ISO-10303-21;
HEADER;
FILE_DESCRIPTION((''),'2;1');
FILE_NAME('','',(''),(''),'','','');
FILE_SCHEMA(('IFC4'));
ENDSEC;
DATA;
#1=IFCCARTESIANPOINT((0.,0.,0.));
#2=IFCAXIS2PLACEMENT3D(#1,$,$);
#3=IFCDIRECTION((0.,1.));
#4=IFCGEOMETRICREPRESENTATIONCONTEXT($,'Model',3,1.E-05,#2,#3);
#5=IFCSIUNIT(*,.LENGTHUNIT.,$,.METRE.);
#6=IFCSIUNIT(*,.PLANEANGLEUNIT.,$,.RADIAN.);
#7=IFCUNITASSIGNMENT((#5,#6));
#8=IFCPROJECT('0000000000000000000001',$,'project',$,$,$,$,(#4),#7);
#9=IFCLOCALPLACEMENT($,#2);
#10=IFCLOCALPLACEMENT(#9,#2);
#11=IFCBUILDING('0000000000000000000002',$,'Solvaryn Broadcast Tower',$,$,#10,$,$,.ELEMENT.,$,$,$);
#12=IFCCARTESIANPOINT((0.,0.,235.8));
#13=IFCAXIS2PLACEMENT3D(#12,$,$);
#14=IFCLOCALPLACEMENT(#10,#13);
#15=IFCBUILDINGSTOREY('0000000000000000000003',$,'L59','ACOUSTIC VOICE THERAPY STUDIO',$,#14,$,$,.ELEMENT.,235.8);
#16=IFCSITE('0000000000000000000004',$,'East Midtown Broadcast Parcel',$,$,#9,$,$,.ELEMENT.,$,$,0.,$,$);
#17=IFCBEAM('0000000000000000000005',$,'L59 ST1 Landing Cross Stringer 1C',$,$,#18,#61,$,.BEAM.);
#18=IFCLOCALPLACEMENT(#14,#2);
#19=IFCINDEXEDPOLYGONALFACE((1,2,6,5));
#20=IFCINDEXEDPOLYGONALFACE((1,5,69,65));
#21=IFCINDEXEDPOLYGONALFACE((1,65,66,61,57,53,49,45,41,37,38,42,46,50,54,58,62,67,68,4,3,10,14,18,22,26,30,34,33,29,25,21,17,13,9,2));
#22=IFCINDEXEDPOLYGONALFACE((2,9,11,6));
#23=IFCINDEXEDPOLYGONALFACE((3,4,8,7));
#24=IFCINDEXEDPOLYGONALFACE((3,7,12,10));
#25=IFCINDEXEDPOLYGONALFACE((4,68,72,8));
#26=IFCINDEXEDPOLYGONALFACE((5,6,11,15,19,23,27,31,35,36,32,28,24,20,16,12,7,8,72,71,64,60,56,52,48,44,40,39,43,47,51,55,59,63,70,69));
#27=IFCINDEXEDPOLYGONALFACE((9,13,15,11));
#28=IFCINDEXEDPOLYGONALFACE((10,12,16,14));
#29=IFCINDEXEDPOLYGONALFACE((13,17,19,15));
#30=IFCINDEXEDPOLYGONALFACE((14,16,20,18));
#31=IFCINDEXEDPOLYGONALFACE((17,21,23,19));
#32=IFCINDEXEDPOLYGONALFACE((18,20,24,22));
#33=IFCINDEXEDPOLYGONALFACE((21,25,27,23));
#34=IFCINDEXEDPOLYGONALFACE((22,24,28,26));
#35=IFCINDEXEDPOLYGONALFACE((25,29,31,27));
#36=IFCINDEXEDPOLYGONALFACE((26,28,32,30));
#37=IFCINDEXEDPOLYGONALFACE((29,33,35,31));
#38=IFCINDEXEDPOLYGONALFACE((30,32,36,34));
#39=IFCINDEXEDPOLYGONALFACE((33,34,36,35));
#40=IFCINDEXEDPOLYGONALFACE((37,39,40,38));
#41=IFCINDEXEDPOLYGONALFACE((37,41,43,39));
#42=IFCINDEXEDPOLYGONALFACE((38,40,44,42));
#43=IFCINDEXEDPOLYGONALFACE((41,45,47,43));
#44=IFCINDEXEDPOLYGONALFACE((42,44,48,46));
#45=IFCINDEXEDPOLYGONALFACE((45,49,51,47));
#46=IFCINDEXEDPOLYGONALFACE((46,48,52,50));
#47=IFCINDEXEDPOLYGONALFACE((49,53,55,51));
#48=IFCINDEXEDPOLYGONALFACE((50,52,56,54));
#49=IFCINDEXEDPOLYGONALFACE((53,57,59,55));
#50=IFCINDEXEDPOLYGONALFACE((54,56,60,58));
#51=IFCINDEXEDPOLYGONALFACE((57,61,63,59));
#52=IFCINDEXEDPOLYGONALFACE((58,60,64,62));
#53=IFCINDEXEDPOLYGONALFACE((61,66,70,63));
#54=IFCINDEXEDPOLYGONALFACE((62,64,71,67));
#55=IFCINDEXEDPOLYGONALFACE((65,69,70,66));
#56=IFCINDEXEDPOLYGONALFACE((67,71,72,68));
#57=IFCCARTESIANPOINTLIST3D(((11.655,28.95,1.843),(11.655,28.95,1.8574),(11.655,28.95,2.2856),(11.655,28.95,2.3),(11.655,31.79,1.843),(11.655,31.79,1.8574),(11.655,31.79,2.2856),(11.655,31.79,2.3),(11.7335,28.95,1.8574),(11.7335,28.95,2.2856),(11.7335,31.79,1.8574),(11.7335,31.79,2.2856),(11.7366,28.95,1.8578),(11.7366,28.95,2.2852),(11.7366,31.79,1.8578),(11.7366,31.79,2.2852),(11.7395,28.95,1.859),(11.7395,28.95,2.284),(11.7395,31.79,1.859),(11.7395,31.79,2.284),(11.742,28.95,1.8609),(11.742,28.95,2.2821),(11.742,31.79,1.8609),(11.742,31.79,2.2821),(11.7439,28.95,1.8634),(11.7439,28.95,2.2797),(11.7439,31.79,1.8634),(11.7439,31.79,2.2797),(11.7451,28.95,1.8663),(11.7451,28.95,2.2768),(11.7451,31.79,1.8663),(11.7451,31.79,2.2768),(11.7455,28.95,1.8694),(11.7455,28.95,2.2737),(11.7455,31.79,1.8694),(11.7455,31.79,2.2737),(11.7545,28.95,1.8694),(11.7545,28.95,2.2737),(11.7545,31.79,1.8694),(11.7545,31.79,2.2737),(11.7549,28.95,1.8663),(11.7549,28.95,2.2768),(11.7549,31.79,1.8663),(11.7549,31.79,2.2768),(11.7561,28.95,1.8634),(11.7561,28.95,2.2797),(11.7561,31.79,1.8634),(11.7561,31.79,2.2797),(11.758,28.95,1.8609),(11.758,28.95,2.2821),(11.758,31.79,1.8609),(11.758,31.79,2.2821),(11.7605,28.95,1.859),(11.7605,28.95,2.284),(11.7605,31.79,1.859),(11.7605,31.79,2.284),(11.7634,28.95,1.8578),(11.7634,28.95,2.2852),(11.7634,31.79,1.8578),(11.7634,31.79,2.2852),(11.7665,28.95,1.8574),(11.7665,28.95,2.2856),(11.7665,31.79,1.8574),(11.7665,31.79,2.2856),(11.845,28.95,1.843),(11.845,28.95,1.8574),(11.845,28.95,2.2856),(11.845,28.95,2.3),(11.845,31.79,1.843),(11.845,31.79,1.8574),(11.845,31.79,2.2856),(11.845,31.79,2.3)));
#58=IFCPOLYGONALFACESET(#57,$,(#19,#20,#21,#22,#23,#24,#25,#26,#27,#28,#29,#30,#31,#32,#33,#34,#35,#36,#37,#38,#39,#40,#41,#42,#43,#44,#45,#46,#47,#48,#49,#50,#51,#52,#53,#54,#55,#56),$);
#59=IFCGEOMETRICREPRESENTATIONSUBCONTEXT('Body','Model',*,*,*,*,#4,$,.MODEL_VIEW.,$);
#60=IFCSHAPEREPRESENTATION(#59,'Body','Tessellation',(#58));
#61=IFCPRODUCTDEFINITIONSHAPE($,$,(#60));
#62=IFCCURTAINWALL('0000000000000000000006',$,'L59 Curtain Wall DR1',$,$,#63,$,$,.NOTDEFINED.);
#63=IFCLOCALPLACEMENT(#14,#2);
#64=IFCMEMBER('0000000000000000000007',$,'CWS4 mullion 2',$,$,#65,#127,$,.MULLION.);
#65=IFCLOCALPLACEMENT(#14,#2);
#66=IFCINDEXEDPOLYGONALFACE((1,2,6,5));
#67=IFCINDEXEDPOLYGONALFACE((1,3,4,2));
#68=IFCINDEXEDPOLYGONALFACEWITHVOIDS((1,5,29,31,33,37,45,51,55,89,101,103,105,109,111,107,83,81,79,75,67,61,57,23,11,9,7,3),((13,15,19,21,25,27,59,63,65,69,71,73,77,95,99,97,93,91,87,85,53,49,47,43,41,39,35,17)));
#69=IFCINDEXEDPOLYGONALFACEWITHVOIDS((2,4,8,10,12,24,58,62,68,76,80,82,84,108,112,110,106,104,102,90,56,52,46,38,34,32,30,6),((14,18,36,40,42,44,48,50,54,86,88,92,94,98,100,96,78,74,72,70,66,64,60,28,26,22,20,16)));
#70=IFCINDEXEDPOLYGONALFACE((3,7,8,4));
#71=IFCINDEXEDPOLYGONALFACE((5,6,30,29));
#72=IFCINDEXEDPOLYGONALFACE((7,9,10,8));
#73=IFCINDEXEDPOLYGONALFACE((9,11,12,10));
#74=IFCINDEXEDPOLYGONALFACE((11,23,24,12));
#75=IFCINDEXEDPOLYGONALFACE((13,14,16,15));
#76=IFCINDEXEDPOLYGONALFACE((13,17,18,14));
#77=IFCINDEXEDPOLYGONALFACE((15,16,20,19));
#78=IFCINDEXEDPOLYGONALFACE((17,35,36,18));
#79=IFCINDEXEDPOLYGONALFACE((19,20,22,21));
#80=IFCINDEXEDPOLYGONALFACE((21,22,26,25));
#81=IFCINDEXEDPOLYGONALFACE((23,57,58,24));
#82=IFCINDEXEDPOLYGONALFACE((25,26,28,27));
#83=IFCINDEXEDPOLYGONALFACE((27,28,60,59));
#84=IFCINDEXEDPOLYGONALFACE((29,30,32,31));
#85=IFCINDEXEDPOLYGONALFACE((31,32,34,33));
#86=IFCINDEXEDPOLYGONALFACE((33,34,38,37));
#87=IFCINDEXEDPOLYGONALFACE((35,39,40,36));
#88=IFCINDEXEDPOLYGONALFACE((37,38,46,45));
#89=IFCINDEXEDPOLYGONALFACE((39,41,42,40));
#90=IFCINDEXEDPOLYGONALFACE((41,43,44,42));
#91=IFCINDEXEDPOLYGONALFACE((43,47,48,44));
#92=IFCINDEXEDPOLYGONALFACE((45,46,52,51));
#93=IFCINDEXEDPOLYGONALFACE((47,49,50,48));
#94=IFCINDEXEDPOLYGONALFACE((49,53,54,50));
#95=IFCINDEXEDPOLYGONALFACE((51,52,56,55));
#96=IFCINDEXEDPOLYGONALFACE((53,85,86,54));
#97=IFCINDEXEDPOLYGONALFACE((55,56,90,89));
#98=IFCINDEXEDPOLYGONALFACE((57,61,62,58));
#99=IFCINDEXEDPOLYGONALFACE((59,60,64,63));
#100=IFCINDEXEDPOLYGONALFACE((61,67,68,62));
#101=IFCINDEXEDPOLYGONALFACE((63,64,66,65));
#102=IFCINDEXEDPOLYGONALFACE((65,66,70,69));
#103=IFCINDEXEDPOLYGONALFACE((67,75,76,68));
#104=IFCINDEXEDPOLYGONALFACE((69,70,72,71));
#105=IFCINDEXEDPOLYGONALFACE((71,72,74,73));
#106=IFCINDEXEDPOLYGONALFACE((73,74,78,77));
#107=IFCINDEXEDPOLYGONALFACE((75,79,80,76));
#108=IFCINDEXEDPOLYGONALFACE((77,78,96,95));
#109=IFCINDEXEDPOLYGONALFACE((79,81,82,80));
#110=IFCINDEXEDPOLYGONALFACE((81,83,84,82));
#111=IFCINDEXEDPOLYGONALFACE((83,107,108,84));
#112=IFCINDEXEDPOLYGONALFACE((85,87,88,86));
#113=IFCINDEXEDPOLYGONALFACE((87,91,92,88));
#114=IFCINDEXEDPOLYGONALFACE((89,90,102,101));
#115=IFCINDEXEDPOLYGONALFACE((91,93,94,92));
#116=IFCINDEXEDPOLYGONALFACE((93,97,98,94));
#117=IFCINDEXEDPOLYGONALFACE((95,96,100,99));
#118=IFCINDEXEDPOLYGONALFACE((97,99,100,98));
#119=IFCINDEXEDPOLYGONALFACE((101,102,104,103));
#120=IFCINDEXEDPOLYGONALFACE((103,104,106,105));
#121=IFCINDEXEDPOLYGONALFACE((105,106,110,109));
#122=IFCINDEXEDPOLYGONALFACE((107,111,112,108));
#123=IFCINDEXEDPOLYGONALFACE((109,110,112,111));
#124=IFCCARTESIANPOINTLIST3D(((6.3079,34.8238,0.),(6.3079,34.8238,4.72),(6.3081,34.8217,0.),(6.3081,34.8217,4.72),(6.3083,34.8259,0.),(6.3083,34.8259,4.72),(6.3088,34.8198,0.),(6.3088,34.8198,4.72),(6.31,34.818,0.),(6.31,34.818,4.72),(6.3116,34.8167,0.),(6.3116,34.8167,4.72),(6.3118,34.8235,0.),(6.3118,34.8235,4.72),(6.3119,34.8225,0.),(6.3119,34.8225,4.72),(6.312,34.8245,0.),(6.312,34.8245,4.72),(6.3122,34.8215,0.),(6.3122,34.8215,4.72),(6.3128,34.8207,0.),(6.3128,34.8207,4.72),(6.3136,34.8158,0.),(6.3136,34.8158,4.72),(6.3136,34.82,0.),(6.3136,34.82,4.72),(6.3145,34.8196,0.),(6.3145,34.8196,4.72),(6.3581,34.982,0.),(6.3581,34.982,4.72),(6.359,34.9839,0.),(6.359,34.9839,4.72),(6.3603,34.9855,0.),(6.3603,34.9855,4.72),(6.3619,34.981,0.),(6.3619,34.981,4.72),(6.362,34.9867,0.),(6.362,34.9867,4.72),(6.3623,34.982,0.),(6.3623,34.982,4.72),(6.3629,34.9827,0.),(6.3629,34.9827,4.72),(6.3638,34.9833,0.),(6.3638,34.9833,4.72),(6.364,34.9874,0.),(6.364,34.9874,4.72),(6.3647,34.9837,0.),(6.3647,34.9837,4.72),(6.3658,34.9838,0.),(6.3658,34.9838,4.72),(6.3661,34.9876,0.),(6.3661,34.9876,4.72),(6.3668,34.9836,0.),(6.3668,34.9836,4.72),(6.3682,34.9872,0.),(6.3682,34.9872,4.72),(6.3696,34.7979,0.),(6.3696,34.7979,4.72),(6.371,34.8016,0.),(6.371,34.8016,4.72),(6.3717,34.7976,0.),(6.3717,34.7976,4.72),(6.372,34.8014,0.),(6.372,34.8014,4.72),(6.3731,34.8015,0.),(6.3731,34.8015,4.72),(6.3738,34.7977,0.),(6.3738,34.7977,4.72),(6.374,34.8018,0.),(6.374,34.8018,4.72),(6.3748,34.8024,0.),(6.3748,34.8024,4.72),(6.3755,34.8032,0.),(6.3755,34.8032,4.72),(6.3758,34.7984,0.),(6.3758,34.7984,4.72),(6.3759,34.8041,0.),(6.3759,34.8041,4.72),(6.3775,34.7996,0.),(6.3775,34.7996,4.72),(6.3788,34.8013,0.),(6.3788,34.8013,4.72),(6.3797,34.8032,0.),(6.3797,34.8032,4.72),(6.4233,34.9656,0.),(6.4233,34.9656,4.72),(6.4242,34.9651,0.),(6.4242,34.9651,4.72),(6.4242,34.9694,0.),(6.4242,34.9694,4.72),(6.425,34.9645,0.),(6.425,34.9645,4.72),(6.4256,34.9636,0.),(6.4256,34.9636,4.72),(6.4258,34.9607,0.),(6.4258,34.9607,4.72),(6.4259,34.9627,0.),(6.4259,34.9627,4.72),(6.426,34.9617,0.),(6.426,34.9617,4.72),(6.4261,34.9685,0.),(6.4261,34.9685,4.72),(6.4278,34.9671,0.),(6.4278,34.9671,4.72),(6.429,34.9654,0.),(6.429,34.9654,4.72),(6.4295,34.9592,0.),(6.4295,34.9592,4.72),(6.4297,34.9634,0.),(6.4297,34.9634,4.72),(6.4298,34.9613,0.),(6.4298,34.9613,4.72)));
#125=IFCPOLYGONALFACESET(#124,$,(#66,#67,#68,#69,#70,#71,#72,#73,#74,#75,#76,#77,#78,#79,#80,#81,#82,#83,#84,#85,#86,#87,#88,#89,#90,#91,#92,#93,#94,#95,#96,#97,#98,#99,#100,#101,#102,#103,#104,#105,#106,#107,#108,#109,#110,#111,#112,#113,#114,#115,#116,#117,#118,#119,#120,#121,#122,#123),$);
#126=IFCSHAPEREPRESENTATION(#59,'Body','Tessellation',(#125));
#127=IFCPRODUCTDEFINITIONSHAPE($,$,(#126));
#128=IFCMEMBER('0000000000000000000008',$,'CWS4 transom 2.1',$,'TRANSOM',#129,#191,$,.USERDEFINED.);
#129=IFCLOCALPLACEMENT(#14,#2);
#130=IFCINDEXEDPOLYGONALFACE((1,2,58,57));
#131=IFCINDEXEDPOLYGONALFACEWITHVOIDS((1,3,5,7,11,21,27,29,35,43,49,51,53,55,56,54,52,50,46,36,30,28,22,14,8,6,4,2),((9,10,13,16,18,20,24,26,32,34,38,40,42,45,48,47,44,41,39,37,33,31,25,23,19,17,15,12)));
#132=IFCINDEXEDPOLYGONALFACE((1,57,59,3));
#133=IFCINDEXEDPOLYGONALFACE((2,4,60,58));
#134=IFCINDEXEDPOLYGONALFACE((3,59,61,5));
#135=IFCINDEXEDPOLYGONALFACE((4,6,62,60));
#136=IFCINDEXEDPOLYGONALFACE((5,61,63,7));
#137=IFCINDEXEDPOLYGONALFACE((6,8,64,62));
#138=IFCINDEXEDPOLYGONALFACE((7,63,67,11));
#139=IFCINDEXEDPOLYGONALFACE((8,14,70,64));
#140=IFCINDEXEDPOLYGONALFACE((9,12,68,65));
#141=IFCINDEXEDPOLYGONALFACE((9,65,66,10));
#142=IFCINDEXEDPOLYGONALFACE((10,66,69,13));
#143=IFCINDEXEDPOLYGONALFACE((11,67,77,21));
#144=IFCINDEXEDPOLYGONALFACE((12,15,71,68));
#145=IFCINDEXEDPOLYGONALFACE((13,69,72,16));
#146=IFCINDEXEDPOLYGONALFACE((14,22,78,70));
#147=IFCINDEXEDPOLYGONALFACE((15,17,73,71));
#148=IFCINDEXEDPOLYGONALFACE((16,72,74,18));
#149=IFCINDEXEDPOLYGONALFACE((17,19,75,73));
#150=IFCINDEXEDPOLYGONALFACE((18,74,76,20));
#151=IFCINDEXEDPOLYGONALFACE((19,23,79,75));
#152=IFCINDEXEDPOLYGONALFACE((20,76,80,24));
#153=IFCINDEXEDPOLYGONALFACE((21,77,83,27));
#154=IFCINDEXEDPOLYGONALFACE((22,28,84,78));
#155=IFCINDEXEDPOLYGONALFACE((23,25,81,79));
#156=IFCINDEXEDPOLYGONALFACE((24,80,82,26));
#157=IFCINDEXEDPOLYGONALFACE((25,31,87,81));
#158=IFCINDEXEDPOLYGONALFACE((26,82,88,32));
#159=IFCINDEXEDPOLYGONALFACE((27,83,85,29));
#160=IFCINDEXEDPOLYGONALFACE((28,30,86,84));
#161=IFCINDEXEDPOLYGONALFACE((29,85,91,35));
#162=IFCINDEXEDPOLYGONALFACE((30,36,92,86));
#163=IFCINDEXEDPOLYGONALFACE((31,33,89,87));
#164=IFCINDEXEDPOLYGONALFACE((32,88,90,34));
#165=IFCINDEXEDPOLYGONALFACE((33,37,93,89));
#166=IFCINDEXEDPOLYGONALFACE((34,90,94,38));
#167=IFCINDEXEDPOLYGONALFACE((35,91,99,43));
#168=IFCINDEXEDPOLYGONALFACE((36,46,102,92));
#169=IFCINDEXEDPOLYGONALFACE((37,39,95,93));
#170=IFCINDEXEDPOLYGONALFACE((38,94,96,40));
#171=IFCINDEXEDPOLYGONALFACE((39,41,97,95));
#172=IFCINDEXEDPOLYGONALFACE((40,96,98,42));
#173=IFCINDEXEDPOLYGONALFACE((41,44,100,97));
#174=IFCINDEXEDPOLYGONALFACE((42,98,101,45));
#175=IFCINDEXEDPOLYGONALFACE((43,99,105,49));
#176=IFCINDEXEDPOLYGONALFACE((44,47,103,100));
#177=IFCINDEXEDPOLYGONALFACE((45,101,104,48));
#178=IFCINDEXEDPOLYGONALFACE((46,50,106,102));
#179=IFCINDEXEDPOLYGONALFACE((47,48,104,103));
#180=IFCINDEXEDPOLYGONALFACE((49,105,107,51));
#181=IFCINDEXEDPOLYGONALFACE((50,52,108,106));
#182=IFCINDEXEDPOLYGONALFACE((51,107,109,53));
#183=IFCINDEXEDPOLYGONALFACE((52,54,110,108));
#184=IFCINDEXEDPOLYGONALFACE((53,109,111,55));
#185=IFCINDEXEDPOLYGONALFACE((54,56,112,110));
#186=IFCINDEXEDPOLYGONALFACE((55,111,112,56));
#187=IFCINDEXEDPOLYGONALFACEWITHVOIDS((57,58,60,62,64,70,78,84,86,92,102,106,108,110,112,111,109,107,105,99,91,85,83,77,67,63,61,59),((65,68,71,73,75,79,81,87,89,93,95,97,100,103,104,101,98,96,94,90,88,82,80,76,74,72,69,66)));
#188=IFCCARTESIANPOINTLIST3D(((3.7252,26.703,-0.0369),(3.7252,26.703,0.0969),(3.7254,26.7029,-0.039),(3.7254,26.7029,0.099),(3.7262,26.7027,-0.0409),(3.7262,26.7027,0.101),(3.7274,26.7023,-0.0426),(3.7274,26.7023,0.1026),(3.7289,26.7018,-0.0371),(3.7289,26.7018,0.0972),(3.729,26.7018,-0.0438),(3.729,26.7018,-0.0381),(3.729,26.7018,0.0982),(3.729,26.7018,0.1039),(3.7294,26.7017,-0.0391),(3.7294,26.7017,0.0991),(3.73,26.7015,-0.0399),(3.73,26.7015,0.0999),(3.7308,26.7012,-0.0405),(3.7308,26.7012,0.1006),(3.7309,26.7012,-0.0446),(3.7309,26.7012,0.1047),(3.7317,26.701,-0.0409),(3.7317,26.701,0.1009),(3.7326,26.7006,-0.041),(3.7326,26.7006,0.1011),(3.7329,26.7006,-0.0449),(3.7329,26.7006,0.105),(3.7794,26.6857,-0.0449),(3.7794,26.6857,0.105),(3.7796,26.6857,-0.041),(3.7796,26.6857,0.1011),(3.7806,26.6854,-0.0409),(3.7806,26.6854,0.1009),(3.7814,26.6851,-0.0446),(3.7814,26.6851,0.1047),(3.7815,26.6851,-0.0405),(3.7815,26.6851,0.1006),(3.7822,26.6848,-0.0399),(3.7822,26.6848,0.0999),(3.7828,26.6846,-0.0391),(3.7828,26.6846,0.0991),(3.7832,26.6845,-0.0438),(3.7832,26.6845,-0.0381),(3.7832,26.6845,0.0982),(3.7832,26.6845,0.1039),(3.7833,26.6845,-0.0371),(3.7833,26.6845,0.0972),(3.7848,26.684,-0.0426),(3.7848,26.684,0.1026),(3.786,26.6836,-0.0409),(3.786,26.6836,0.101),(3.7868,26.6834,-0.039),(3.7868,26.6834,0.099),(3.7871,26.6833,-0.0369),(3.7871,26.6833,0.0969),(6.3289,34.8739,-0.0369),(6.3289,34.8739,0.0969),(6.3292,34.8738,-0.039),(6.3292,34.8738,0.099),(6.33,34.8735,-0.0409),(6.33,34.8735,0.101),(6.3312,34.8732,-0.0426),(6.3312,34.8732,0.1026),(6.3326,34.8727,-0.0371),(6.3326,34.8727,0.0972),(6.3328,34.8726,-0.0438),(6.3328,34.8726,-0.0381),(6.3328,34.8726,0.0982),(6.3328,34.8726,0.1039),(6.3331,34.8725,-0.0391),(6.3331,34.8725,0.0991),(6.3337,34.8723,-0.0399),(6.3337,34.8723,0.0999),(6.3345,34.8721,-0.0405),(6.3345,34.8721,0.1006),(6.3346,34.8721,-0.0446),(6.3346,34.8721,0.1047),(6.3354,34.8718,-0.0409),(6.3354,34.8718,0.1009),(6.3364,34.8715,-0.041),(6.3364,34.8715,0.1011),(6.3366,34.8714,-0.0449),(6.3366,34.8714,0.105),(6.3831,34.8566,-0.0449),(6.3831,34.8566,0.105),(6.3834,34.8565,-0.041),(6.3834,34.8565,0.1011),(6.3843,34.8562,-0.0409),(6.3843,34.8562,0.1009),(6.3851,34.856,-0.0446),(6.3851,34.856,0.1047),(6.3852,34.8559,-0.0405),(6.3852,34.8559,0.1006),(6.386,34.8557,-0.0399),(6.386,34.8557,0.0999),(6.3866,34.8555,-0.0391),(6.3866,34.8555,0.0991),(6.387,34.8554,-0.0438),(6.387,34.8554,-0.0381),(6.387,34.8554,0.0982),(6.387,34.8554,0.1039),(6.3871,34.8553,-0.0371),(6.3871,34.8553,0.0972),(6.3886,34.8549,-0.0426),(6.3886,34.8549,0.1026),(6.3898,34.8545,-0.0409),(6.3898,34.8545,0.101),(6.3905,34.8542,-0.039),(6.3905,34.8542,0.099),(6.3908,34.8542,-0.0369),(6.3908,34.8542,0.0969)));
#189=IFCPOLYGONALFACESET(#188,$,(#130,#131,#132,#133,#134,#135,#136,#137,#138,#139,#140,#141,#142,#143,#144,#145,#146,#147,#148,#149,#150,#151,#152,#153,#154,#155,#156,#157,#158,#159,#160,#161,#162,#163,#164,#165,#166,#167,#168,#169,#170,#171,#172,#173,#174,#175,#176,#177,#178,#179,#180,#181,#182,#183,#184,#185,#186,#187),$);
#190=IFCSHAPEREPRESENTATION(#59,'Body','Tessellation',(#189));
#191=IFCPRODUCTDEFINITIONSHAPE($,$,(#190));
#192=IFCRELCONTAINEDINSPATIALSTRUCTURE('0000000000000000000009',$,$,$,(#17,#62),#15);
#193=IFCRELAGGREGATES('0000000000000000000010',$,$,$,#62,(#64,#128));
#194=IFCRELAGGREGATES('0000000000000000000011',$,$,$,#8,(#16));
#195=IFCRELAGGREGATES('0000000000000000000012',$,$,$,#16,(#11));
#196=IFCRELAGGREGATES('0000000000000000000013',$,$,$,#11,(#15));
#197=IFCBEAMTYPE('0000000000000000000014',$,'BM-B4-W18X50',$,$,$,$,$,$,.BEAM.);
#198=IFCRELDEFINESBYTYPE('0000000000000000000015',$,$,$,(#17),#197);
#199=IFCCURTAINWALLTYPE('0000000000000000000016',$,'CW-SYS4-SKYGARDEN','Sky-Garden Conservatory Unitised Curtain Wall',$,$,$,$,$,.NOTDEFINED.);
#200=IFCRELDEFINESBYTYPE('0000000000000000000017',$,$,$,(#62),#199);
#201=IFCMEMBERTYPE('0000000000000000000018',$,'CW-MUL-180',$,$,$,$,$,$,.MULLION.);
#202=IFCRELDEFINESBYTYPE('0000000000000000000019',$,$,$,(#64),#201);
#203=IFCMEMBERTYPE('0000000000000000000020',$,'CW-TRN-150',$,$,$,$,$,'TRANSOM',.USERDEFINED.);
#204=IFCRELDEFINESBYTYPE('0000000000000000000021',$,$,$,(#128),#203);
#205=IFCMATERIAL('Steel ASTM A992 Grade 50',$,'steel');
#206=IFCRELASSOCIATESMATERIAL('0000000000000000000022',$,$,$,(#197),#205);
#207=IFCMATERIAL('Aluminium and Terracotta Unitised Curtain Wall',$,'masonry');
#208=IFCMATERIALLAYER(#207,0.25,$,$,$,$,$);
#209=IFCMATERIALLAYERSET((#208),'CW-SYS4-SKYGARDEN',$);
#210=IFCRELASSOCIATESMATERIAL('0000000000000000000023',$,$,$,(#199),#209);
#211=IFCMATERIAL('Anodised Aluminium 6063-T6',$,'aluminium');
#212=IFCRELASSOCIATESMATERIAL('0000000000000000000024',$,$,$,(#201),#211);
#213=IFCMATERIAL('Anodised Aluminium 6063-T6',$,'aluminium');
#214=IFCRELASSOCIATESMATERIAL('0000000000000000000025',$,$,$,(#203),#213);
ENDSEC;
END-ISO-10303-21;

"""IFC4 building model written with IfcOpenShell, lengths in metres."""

from ifc_helpers import new_model, si_unit, direction, frame, origin, origin_2d, place, context, subcontext, project, spatial, hollow_rectangle, i_section, extrude, material, layer, layer_set, material_profile, profile_set, type_object, element, aggregate, save


model = new_model("IFC4")

# Units and contexts
model_context = context("Model", 3, precision=1e-05, world=origin(), true_north=direction((0.0, 1.0)))
body_context = subcontext(model_context, "Body", "Model", "MODEL_VIEW")
ifc_project = project(units=[si_unit("LENGTHUNIT", "METRE"), si_unit("PLANEANGLEUNIT", "RADIAN")], contexts=[model_context])

# Site, building, storey
site_placement = place(None, origin())
site = spatial("IfcSite", under=ifc_project, at=site_placement, Name="East Midtown Broadcast Parcel", CompositionType="ELEMENT", RefElevation=0.0)
building_placement = place(site_placement, origin())
building = spatial("IfcBuilding", under=site, at=building_placement, Name="Solvaryn Broadcast Tower", CompositionType="ELEMENT")
storey_placement = place(building_placement, frame((0.0, 0.0, 235.8)))
storey = spatial("IfcBuildingStorey", under=building, at=storey_placement, Name="L59", Description="ACOUSTIC VOICE THERAPY STUDIO", CompositionType="ELEMENT", Elevation=235.8)

# Beam
ifc_material_1 = material(Name="Steel ASTM A992 Grade 50", Category="steel")
ifc_material_profile_1 = material_profile(ifc_material_1, i_section(OverallWidth=0.1899, OverallDepth=0.457, WebThickness=0.009, FlangeThickness=0.0144, FilletRadius=0.012, at=origin_2d()))
ifc_profile_set_1 = profile_set([ifc_material_profile_1], Name="Steel ASTM A992 Grade 50")
beam_type_1 = type_object("IfcBeamType", Name="BM-B4-W18X50", PredefinedType="BEAM", material=ifc_profile_set_1)
beam_1_placement = place(storey_placement, frame((11.75, 28.95, 2.0715), z_axis=(0.0, 1.0, 0.0), x_axis=(-1.0, 0.0, 0.0)))
element("IfcBeam", 1, at=beam_1_placement, inside=storey, type_object=beam_type_1, Name="L59 ST1 Landing Cross Stringer 1C", PredefinedType="BEAM", context=body_context, shape_type="SweptSolid", body=[
    extrude(i_section(OverallWidth=0.1899, OverallDepth=0.457, WebThickness=0.009, FlangeThickness=0.0144, FilletRadius=0.012, at=origin_2d()), origin(), (0.0, 0.0, 1.0), 2.8401),
])

# Curtain wall, members
ifc_material_2 = material(Name="Aluminium and Terracotta Unitised Curtain Wall", Category="masonry")
ifc_layer_1 = layer(ifc_material_2, 0.25)
ifc_layer_set_1 = layer_set([ifc_layer_1], Name="CW-SYS4-SKYGARDEN")
curtain_wall_type = type_object("IfcCurtainWallType", Name="CW-SYS4-SKYGARDEN", Description="Sky-Garden Conservatory Unitised Curtain Wall", PredefinedType="NOTDEFINED", material=ifc_layer_set_1)
curtain_wall_placement = place(storey_placement, origin())
curtain_wall = element("IfcCurtainWall", 2, at=curtain_wall_placement, inside=storey, type_object=curtain_wall_type, Name="L59 Curtain Wall DR1", PredefinedType="NOTDEFINED")
ifc_material_3 = material(Name="Anodised Aluminium 6063-T6", Category="aluminium")
ifc_material_profile_2 = material_profile(ifc_material_3, hollow_rectangle(XDim=0.075, YDim=0.1799, WallThickness=0.0039, InnerFilletRadius=0.0039, OuterFilletRadius=0.0081, at=origin_2d()))
ifc_profile_set_2 = profile_set([ifc_material_profile_2], Name="Anodised Aluminium 6063-T6")
member_type_1 = type_object("IfcMemberType", Name="CW-MUL-180", PredefinedType="MULLION", material=ifc_profile_set_2)
member_1_placement = place(storey_placement, frame((6.3689, 34.8926, 0.0), z_axis=(0.0, 0.0, 1.0), x_axis=(0.952795, -0.303616, 0.0)))
member_1 = element("IfcMember", 3, at=member_1_placement, type_object=member_type_1, Name="CWS4 mullion 2", PredefinedType="MULLION", context=body_context, shape_type="SweptSolid", body=[
    extrude(hollow_rectangle(XDim=0.075, YDim=0.1799, WallThickness=0.0039, InnerFilletRadius=0.0039, OuterFilletRadius=0.0081, at=origin_2d()), origin(), (0.0, 0.0, 1.0), 4.72),
])
ifc_material_4 = material(Name="Anodised Aluminium 6063-T6", Category="aluminium")
ifc_material_profile_3 = material_profile(ifc_material_4, hollow_rectangle(XDim=0.0649, YDim=0.1499, WallThickness=0.0039, InnerFilletRadius=0.0039, OuterFilletRadius=0.0081, at=origin_2d()))
ifc_profile_set_3 = profile_set([ifc_material_profile_3], Name="Anodised Aluminium 6063-T6")
member_type_2 = type_object("IfcMemberType", Name="CW-TRN-150", ElementType="TRANSOM", PredefinedType="USERDEFINED", material=ifc_profile_set_3)
member_2_placement = place(storey_placement, frame((6.3599, 34.864, 0.03), z_axis=(-0.30362, -0.952793, 0.0), x_axis=(0.952793, -0.30362, 0.0)))
member_2 = element("IfcMember", 4, at=member_2_placement, type_object=member_type_2, Name="CWS4 transom 2.1", ObjectType="TRANSOM", PredefinedType="USERDEFINED", context=body_context, shape_type="SweptSolid", body=[
    extrude(hollow_rectangle(XDim=0.0649, YDim=0.1499, WallThickness=0.0039, InnerFilletRadius=0.0039, OuterFilletRadius=0.0081, at=origin_2d()), origin(), (0.0, 0.0, 1.0), 8.5757),
])
aggregate(curtain_wall, [member_1, member_2])

save(model, "model.ifc")
